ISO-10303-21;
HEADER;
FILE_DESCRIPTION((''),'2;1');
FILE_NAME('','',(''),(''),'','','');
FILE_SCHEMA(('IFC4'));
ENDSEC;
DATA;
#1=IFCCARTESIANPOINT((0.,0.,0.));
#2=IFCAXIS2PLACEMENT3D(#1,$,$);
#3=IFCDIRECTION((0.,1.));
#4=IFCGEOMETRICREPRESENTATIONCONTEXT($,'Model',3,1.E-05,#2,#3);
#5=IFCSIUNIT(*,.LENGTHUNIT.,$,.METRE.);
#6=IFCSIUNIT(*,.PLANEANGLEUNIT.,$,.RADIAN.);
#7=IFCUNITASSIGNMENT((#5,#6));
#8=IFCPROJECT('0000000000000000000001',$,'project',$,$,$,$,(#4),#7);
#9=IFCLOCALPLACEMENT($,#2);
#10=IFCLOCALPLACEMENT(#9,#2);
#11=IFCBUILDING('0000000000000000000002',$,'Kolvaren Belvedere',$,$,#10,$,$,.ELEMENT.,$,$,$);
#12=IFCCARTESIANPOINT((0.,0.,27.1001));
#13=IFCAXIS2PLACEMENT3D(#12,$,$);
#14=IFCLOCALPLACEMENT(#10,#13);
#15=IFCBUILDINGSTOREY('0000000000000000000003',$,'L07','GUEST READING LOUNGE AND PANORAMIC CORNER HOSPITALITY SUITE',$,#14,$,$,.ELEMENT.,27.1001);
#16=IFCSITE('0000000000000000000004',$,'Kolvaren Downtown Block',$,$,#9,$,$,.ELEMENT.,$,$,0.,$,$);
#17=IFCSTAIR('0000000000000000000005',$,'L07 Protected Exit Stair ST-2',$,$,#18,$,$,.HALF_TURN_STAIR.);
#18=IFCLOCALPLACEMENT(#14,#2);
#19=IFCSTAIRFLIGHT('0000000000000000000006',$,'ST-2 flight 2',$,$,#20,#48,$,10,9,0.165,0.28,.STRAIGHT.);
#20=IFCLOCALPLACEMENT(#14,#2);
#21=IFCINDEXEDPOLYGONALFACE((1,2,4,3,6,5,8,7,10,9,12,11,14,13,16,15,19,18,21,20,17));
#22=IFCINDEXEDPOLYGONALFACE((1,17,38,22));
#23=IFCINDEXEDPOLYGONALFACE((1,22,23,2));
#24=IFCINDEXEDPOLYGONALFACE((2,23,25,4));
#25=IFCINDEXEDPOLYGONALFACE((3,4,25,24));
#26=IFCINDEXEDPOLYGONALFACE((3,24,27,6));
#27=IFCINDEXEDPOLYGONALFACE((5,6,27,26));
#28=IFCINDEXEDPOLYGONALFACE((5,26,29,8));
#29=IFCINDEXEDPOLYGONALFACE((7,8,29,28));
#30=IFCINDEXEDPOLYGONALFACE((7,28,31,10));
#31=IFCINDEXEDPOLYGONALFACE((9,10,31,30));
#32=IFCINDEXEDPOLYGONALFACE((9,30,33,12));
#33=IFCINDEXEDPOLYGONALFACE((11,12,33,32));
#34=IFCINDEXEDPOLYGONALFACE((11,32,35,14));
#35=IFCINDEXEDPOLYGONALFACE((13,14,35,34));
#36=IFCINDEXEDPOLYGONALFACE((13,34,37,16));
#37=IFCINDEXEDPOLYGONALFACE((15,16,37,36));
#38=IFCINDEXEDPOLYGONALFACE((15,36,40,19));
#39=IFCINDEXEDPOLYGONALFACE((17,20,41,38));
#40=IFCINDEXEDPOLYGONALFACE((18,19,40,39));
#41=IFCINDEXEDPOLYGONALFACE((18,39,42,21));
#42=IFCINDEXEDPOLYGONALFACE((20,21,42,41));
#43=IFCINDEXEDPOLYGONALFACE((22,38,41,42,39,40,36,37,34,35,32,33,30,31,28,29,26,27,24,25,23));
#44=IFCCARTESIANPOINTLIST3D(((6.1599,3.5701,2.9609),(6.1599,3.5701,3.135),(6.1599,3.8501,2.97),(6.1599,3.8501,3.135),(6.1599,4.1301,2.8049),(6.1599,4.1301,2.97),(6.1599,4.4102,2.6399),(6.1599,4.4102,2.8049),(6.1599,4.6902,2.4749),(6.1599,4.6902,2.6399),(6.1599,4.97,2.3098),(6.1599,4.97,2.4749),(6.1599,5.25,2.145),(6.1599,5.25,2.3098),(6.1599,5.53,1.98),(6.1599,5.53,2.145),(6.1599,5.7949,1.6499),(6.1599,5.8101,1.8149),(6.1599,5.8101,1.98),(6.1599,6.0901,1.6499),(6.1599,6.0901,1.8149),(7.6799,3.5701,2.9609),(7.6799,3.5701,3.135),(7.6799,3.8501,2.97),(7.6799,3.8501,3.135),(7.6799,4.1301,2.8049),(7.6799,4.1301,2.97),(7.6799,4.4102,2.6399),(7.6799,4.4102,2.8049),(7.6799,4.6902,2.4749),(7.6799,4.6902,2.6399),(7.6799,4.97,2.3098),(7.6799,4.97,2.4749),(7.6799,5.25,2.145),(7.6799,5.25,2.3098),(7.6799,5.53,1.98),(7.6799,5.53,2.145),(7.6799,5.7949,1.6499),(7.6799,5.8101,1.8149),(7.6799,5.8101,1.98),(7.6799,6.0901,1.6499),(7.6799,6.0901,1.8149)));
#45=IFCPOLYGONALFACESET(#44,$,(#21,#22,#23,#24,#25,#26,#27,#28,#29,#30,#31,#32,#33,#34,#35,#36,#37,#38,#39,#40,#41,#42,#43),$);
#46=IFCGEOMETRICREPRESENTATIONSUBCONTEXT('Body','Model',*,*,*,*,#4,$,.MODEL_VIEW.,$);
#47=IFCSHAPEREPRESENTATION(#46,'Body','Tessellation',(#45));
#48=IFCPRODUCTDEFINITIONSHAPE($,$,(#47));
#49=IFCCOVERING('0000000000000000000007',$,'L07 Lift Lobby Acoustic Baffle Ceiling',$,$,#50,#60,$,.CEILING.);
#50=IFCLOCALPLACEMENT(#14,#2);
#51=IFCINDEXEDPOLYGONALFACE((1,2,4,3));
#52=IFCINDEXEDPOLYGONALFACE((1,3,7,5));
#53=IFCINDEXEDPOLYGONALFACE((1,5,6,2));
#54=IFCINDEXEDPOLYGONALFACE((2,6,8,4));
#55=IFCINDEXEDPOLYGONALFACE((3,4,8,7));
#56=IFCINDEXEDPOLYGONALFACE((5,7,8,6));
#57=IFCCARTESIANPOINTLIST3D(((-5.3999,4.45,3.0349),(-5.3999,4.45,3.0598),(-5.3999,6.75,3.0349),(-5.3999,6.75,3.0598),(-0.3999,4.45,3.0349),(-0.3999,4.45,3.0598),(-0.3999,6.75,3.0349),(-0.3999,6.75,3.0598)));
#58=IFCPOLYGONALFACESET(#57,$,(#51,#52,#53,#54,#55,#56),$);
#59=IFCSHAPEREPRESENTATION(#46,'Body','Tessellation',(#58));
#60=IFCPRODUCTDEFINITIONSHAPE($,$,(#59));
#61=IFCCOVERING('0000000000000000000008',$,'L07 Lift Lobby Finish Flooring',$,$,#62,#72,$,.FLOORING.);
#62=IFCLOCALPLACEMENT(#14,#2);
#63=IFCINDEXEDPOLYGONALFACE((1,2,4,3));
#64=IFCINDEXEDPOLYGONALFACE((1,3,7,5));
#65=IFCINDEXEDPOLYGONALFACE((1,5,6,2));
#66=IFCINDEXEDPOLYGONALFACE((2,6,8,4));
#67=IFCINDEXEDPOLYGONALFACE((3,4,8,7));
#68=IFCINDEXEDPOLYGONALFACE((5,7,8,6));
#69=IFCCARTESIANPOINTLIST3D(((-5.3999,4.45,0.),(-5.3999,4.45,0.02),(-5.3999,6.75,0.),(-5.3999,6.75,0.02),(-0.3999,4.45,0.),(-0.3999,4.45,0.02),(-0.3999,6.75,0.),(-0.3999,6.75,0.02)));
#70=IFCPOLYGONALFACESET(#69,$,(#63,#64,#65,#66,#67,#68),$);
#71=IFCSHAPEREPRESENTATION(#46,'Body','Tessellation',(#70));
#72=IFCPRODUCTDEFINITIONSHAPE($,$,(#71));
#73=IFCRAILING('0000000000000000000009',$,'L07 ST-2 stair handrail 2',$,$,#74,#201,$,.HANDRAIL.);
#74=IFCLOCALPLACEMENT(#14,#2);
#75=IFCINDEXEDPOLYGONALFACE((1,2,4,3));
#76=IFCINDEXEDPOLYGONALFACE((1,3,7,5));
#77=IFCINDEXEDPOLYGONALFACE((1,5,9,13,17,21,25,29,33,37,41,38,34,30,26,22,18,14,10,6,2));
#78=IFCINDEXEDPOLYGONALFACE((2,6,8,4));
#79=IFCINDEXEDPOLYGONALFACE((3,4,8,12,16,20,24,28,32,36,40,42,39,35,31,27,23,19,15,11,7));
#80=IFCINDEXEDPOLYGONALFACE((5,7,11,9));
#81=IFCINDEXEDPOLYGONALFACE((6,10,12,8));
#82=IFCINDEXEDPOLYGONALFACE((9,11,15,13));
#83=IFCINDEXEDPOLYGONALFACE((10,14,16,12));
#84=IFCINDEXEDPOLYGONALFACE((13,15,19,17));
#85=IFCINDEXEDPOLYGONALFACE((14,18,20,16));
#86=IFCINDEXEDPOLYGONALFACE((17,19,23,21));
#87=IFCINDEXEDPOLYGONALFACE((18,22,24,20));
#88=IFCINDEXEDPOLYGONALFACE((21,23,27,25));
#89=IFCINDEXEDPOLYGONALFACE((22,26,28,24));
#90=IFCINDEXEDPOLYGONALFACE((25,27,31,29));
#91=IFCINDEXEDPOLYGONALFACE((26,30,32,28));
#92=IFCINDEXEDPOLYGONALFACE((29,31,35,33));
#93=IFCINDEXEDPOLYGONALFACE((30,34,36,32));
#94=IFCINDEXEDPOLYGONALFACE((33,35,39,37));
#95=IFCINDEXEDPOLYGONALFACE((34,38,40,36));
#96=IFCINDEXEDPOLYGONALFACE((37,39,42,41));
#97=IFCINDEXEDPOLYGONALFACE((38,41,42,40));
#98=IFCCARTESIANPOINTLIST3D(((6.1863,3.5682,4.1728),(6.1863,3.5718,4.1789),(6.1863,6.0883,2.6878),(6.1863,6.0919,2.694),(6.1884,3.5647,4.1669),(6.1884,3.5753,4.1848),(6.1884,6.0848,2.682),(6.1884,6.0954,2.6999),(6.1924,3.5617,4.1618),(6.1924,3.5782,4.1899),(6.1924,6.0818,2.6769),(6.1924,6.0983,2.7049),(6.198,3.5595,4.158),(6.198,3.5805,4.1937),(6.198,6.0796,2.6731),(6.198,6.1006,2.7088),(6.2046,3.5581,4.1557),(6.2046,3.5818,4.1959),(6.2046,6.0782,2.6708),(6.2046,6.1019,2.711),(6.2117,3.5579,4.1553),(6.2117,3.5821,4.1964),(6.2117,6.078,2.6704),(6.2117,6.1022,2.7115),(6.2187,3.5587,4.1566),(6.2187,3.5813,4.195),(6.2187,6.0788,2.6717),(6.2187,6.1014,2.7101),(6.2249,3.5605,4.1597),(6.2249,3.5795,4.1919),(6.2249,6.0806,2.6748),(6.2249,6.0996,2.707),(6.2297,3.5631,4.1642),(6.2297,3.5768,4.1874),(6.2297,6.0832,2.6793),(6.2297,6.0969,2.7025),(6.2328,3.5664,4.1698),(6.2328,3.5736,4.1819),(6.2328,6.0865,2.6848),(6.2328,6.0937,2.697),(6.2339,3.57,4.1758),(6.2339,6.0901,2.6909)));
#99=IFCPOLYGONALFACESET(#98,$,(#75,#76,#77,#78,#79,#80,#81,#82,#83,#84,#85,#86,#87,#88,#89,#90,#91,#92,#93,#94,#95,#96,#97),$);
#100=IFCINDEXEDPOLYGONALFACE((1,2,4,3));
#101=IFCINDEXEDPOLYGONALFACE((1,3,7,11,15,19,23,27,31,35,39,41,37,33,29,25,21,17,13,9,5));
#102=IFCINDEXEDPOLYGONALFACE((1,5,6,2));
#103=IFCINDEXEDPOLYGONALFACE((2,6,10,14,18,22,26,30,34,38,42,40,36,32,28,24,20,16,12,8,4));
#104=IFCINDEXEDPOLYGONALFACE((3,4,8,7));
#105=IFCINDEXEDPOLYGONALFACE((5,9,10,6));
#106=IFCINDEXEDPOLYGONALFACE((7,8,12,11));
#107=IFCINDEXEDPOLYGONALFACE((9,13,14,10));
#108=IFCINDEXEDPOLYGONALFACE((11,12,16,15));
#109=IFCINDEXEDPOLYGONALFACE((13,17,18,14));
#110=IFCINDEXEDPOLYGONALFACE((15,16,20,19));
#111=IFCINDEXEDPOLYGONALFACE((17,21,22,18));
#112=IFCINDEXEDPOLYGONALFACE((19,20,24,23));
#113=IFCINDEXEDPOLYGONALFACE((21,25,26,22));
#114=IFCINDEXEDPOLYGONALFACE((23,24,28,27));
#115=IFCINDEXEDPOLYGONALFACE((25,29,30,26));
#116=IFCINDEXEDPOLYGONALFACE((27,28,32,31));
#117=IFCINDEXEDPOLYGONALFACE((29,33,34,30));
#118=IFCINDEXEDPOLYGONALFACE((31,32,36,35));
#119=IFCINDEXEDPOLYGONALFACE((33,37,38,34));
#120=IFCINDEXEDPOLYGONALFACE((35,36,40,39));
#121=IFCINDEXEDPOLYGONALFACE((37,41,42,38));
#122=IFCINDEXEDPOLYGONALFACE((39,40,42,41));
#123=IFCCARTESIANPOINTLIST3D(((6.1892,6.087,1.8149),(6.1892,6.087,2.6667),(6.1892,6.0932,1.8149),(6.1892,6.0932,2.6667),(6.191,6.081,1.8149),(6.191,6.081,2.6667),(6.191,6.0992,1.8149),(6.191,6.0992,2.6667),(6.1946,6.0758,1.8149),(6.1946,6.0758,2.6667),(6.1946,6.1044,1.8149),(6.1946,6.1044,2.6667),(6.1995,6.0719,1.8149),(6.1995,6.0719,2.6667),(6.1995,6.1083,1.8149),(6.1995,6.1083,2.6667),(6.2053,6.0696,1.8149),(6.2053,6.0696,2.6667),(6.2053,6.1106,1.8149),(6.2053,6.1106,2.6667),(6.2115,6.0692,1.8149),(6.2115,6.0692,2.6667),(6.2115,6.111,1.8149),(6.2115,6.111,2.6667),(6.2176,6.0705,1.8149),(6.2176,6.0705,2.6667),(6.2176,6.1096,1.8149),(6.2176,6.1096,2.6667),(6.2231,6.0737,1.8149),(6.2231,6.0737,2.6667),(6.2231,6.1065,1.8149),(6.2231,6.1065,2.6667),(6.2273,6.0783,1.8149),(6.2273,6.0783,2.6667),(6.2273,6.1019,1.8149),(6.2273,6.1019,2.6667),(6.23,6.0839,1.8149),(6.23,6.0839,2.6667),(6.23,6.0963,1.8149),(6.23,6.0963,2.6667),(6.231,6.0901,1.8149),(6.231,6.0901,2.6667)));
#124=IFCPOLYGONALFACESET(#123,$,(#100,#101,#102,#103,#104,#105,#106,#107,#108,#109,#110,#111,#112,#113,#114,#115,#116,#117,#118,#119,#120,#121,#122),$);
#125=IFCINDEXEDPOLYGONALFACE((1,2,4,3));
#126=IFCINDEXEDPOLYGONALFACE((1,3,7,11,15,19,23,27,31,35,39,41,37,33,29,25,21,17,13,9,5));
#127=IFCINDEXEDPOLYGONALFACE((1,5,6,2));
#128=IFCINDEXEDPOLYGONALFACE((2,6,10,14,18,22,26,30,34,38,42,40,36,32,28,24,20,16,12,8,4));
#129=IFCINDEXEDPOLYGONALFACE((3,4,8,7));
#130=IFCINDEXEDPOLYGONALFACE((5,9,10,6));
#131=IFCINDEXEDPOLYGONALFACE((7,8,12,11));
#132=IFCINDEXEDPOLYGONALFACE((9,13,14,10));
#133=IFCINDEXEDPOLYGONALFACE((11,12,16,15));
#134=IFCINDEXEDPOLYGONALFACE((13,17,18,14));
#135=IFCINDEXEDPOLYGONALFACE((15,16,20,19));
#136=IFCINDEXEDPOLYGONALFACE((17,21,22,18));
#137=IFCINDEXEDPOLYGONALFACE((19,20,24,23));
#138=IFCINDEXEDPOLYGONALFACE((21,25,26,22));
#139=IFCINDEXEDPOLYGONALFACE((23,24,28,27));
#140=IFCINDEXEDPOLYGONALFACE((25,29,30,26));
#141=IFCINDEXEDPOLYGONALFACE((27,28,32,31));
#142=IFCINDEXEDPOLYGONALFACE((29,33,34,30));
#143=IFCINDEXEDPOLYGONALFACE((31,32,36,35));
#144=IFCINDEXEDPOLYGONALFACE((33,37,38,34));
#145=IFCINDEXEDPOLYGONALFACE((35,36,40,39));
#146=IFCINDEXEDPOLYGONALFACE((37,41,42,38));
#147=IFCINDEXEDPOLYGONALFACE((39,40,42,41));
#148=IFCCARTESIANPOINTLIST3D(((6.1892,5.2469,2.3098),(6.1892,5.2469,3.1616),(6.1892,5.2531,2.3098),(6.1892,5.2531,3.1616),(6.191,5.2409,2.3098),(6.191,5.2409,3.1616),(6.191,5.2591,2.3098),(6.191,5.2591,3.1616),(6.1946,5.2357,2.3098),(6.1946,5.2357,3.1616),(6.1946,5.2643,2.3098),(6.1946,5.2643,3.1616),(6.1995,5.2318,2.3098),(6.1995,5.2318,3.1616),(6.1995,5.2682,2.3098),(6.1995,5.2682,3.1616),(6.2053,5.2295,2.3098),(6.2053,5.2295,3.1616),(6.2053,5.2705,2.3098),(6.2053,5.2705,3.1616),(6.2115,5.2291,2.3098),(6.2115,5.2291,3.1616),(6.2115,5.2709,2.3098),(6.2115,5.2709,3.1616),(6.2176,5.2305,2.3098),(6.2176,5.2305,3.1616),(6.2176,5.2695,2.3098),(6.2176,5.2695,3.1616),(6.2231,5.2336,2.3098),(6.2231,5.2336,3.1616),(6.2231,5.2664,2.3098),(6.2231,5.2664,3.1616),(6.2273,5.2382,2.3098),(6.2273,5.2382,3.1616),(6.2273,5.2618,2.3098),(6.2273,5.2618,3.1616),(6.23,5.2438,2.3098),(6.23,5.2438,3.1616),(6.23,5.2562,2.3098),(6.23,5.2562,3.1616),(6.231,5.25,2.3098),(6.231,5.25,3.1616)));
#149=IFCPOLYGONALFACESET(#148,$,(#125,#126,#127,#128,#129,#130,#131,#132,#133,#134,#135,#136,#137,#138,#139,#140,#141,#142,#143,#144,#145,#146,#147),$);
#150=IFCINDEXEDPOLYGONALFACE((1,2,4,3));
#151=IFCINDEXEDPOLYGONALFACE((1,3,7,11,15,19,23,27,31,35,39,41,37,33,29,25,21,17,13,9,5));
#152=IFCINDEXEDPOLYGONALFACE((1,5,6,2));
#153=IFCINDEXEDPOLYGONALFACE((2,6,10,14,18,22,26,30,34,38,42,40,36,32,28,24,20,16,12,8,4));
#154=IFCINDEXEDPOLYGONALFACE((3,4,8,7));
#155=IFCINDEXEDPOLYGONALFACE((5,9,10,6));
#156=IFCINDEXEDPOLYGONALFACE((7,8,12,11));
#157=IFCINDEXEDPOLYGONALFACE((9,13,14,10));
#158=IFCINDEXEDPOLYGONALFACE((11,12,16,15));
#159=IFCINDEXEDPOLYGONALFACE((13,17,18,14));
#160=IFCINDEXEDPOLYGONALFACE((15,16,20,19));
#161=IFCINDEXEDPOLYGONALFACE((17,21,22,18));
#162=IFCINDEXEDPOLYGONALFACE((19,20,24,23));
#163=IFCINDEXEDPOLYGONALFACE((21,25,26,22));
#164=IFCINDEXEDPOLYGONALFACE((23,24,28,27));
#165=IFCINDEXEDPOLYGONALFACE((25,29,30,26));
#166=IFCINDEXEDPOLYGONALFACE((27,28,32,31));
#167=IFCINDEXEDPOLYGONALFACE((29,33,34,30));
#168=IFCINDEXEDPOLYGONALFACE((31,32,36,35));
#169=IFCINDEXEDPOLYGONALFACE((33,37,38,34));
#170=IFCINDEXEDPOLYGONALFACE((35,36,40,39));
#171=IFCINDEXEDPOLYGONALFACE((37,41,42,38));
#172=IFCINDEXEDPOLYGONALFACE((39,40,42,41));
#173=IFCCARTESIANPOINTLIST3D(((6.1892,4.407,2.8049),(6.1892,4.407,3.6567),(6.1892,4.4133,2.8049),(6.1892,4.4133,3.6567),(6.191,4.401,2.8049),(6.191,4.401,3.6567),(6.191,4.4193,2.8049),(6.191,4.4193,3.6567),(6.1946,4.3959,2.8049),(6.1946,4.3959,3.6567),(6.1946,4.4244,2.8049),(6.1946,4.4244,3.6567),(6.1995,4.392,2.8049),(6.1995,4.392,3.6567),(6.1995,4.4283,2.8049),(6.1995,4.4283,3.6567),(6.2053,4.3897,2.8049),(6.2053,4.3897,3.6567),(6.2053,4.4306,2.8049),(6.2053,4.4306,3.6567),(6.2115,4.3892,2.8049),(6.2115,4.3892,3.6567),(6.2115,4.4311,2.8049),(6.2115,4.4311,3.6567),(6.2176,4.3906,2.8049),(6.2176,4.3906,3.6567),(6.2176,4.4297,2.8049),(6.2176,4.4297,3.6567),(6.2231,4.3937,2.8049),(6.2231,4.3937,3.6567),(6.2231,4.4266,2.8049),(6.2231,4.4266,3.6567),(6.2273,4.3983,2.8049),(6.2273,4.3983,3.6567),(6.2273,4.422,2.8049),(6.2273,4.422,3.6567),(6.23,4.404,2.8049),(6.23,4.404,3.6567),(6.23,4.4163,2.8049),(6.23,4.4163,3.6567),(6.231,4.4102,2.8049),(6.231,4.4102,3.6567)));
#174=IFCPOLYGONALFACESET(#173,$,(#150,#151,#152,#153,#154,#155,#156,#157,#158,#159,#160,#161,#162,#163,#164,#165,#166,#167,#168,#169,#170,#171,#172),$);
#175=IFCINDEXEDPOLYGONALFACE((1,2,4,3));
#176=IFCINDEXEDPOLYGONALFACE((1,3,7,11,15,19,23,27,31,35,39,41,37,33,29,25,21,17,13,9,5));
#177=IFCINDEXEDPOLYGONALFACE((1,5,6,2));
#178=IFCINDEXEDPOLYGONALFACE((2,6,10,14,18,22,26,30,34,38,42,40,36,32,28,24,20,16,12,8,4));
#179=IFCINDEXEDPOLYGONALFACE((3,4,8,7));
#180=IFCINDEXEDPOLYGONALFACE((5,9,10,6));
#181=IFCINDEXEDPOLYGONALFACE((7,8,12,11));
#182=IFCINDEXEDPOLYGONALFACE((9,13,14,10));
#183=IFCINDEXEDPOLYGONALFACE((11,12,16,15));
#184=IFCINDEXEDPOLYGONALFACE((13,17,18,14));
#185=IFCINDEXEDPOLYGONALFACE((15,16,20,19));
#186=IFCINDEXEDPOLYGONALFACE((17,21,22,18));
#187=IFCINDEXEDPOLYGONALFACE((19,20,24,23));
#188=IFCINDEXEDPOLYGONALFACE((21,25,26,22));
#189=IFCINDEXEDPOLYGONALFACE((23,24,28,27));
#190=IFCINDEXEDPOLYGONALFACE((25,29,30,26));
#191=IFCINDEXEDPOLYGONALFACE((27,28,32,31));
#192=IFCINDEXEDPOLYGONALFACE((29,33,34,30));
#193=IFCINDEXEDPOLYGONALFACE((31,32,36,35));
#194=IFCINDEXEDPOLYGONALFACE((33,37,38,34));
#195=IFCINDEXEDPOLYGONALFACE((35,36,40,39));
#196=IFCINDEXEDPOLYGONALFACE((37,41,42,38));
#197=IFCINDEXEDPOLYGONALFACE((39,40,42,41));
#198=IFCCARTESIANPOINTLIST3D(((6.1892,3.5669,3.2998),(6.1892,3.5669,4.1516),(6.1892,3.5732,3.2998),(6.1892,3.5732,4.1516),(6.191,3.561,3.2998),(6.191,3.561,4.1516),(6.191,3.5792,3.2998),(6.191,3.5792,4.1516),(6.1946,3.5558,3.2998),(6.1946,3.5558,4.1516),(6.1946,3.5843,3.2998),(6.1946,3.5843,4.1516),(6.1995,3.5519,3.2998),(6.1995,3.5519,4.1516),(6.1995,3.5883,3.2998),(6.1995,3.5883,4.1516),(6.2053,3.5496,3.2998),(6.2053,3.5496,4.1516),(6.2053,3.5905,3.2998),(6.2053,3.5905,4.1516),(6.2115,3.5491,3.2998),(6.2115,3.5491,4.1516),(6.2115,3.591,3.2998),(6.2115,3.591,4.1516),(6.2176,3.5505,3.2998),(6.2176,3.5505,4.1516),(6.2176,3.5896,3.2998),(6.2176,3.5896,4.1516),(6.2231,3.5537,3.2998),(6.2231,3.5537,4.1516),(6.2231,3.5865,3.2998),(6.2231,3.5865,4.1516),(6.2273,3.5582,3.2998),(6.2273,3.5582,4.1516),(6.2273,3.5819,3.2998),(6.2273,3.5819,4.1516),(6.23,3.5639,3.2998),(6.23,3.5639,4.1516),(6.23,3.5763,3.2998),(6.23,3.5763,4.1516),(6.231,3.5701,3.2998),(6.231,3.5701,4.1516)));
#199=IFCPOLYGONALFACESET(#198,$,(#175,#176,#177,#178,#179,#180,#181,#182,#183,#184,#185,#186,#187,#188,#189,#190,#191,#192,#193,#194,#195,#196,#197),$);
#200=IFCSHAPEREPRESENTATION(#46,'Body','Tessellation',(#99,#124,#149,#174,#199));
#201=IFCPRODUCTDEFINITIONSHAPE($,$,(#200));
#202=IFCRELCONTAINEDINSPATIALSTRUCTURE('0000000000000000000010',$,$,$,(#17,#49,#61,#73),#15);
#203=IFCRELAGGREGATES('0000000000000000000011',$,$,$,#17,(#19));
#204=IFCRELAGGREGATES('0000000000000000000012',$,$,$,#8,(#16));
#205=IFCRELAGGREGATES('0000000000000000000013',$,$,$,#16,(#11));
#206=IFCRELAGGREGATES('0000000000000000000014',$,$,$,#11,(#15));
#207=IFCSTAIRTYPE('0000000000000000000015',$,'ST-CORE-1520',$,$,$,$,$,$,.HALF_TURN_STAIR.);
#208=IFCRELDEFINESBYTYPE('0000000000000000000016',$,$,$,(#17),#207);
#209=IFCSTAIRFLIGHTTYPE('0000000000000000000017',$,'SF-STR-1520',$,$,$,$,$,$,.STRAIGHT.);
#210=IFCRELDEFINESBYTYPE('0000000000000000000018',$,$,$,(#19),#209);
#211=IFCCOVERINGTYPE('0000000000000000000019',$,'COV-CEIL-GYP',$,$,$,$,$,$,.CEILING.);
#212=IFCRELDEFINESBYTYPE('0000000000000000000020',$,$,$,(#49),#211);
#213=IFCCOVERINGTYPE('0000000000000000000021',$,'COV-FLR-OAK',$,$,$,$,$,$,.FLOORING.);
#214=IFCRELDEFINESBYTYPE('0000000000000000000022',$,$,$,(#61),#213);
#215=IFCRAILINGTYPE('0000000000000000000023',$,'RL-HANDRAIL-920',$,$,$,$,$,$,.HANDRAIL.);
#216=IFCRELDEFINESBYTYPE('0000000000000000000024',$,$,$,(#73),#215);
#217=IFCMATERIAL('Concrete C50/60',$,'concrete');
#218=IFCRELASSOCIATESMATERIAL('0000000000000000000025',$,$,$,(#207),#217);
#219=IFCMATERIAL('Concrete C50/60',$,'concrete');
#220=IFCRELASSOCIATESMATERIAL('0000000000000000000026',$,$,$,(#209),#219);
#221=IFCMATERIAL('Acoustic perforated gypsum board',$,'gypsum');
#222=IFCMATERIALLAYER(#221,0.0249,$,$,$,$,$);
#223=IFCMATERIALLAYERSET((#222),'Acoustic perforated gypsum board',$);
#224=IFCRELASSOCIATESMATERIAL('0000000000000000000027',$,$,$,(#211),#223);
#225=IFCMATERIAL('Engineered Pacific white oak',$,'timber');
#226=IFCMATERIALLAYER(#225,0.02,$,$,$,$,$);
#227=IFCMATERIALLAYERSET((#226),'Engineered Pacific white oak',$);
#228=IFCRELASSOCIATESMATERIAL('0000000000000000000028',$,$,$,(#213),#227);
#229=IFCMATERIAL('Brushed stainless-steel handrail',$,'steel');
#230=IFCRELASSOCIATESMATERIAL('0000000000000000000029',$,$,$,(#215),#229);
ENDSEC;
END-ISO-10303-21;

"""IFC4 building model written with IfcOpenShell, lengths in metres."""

from ifc_helpers import new_model, si_unit, direction, frame, origin, origin_2d, place, context, subcontext, project, spatial, polyline, circle, outline, extrude, material, layer, layer_set, type_object, element, aggregate, save


model = new_model("IFC4")

# Units and contexts
model_context = context("Model", 3, precision=1e-05, world=origin(), true_north=direction((0.0, 1.0)))
body_context = subcontext(model_context, "Body", "Model", "MODEL_VIEW")
ifc_project = project(units=[si_unit("LENGTHUNIT", "METRE"), si_unit("PLANEANGLEUNIT", "RADIAN")], contexts=[model_context])

# Site, building, storey
site_placement = place(None, origin())
site = spatial("IfcSite", under=ifc_project, at=site_placement, Name="Kolvaren Downtown Block", CompositionType="ELEMENT", RefElevation=0.0)
building_placement = place(site_placement, origin())
building = spatial("IfcBuilding", under=site, at=building_placement, Name="Kolvaren Belvedere", CompositionType="ELEMENT")
storey_placement = place(building_placement, frame((0.0, 0.0, 27.1001)))
storey = spatial("IfcBuildingStorey", under=building, at=storey_placement, Name="L07", Description="GUEST READING LOUNGE AND PANORAMIC CORNER HOSPITALITY SUITE", CompositionType="ELEMENT", Elevation=27.1001)

# Stair, stair flight
ifc_material_1 = material(Name="Concrete C50/60", Category="concrete")
stair_type = type_object("IfcStairType", Name="ST-CORE-1520", PredefinedType="HALF_TURN_STAIR", material=ifc_material_1)
stair_placement = place(storey_placement, origin())
stair = element("IfcStair", 1, at=stair_placement, inside=storey, type_object=stair_type, Name="L07 Protected Exit Stair ST-2", PredefinedType="HALF_TURN_STAIR")
ifc_material_2 = material(Name="Concrete C50/60", Category="concrete")
stair_flight_type = type_object("IfcStairFlightType", Name="SF-STR-1520", PredefinedType="STRAIGHT", material=ifc_material_2)
stair_flight_placement = place(storey_placement, frame((6.9199, 6.0901, 1.6499), z_axis=(0.0, 0.0, 1.0), x_axis=(0.0, -1.0, 0.0)))
stair_flight = element("IfcStairFlight", 2, at=stair_flight_placement, type_object=stair_flight_type, Name="ST-2 flight 2", NumberOfRisers=10, NumberOfTreads=9, PredefinedType="STRAIGHT", RiserHeight=0.165, TreadLength=0.28, context=body_context, shape_type="SweptSolid", body=[
    extrude(outline(polyline([(0.0, 0.0), (0.0, 0.165), (0.28, 0.165), (0.28, 0.3301), (0.5601, 0.3301), (0.5601, 0.4951), (0.8401, 0.4951), (0.8401, 0.6599), (1.1201, 0.6599), (1.1201, 0.825), (1.3999, 0.825), (1.3999, 0.99), (1.6799, 0.99), (1.6799, 1.155), (1.96, 1.155), (1.96, 1.3201), (2.24, 1.3201), (2.24, 1.4851), (2.52, 1.4851), (2.52, 1.6499), (2.52, 1.311), (0.2952, 0.0), (0.0, 0.0)])), frame((0.0, 0.76, 0.0), z_axis=(0.0, -1.0, 0.0), x_axis=(1.0, 0.0, 0.0)), (0.0, 0.0, 1.0), 1.52),
])
aggregate(stair, [stair_flight])

# Coverings
ifc_material_3 = material(Name="Acoustic perforated gypsum board", Category="gypsum")
ifc_layer_1 = layer(ifc_material_3, 0.0249)
ifc_layer_set_1 = layer_set([ifc_layer_1], Name="Acoustic perforated gypsum board")
covering_type_1 = type_object("IfcCoveringType", Name="COV-CEIL-GYP", PredefinedType="CEILING", material=ifc_layer_set_1)
covering_1_placement = place(storey_placement, frame((0.0, 0.0, 3.0349)))
element("IfcCovering", 3, at=covering_1_placement, inside=storey, type_object=covering_type_1, Name="L07 Lift Lobby Acoustic Baffle Ceiling", PredefinedType="CEILING", context=body_context, shape_type="SweptSolid", body=[
    extrude(outline(polyline([(-5.3999, 4.45), (-0.3999, 4.45), (-0.3999, 6.75), (-5.3999, 6.75), (-5.3999, 4.45)])), origin(), (0.0, 0.0, 1.0), 0.0249),
])
ifc_material_4 = material(Name="Engineered Pacific white oak", Category="timber")
ifc_layer_2 = layer(ifc_material_4, 0.02)
ifc_layer_set_2 = layer_set([ifc_layer_2], Name="Engineered Pacific white oak")
covering_type_2 = type_object("IfcCoveringType", Name="COV-FLR-OAK", PredefinedType="FLOORING", material=ifc_layer_set_2)
covering_2_placement = place(storey_placement, origin())
element("IfcCovering", 4, at=covering_2_placement, inside=storey, type_object=covering_type_2, Name="L07 Lift Lobby Finish Flooring", PredefinedType="FLOORING", context=body_context, shape_type="SweptSolid", body=[
    extrude(outline(polyline([(-5.3999, 4.45), (-0.3999, 4.45), (-0.3999, 6.75), (-5.3999, 6.75), (-5.3999, 4.45)])), origin(), (0.0, 0.0, 1.0), 0.02),
])

# Railing
ifc_material_5 = material(Name="Brushed stainless-steel handrail", Category="steel")
railing_type_1 = type_object("IfcRailingType", Name="RL-HANDRAIL-920", PredefinedType="HANDRAIL", material=ifc_material_5)
railing_1_placement = place(storey_placement, frame((6.21, 6.0901, 1.8149)))
element("IfcRailing", 5, at=railing_1_placement, inside=storey, type_object=railing_type_1, Name="L07 ST-2 stair handrail 2", PredefinedType="HANDRAIL", context=body_context, shape_type="SweptSolid", body=[
    extrude(circle(Radius=0.0239, at=origin_2d()), frame((0.0, 0.0, 0.876), z_axis=(0.0, -0.861561, 0.507655), x_axis=(1.0, 0.0, 0.0)), (0.0, 0.0, 1.0), 2.925),
    extrude(circle(Radius=0.021, at=origin_2d()), origin(), (0.0, 0.0, 1.0), 0.8518),
    extrude(circle(Radius=0.021, at=origin_2d()), frame((0.0, -0.8401, 0.4949)), (0.0, 0.0, 1.0), 0.8518),
    extrude(circle(Radius=0.021, at=origin_2d()), frame((0.0, -1.6799, 0.99)), (0.0, 0.0, 1.0), 0.8518),
    extrude(circle(Radius=0.021, at=origin_2d()), frame((0.0, -2.52, 1.4849)), (0.0, 0.0, 1.0), 0.8518),
])

save(model, "model.ifc")
